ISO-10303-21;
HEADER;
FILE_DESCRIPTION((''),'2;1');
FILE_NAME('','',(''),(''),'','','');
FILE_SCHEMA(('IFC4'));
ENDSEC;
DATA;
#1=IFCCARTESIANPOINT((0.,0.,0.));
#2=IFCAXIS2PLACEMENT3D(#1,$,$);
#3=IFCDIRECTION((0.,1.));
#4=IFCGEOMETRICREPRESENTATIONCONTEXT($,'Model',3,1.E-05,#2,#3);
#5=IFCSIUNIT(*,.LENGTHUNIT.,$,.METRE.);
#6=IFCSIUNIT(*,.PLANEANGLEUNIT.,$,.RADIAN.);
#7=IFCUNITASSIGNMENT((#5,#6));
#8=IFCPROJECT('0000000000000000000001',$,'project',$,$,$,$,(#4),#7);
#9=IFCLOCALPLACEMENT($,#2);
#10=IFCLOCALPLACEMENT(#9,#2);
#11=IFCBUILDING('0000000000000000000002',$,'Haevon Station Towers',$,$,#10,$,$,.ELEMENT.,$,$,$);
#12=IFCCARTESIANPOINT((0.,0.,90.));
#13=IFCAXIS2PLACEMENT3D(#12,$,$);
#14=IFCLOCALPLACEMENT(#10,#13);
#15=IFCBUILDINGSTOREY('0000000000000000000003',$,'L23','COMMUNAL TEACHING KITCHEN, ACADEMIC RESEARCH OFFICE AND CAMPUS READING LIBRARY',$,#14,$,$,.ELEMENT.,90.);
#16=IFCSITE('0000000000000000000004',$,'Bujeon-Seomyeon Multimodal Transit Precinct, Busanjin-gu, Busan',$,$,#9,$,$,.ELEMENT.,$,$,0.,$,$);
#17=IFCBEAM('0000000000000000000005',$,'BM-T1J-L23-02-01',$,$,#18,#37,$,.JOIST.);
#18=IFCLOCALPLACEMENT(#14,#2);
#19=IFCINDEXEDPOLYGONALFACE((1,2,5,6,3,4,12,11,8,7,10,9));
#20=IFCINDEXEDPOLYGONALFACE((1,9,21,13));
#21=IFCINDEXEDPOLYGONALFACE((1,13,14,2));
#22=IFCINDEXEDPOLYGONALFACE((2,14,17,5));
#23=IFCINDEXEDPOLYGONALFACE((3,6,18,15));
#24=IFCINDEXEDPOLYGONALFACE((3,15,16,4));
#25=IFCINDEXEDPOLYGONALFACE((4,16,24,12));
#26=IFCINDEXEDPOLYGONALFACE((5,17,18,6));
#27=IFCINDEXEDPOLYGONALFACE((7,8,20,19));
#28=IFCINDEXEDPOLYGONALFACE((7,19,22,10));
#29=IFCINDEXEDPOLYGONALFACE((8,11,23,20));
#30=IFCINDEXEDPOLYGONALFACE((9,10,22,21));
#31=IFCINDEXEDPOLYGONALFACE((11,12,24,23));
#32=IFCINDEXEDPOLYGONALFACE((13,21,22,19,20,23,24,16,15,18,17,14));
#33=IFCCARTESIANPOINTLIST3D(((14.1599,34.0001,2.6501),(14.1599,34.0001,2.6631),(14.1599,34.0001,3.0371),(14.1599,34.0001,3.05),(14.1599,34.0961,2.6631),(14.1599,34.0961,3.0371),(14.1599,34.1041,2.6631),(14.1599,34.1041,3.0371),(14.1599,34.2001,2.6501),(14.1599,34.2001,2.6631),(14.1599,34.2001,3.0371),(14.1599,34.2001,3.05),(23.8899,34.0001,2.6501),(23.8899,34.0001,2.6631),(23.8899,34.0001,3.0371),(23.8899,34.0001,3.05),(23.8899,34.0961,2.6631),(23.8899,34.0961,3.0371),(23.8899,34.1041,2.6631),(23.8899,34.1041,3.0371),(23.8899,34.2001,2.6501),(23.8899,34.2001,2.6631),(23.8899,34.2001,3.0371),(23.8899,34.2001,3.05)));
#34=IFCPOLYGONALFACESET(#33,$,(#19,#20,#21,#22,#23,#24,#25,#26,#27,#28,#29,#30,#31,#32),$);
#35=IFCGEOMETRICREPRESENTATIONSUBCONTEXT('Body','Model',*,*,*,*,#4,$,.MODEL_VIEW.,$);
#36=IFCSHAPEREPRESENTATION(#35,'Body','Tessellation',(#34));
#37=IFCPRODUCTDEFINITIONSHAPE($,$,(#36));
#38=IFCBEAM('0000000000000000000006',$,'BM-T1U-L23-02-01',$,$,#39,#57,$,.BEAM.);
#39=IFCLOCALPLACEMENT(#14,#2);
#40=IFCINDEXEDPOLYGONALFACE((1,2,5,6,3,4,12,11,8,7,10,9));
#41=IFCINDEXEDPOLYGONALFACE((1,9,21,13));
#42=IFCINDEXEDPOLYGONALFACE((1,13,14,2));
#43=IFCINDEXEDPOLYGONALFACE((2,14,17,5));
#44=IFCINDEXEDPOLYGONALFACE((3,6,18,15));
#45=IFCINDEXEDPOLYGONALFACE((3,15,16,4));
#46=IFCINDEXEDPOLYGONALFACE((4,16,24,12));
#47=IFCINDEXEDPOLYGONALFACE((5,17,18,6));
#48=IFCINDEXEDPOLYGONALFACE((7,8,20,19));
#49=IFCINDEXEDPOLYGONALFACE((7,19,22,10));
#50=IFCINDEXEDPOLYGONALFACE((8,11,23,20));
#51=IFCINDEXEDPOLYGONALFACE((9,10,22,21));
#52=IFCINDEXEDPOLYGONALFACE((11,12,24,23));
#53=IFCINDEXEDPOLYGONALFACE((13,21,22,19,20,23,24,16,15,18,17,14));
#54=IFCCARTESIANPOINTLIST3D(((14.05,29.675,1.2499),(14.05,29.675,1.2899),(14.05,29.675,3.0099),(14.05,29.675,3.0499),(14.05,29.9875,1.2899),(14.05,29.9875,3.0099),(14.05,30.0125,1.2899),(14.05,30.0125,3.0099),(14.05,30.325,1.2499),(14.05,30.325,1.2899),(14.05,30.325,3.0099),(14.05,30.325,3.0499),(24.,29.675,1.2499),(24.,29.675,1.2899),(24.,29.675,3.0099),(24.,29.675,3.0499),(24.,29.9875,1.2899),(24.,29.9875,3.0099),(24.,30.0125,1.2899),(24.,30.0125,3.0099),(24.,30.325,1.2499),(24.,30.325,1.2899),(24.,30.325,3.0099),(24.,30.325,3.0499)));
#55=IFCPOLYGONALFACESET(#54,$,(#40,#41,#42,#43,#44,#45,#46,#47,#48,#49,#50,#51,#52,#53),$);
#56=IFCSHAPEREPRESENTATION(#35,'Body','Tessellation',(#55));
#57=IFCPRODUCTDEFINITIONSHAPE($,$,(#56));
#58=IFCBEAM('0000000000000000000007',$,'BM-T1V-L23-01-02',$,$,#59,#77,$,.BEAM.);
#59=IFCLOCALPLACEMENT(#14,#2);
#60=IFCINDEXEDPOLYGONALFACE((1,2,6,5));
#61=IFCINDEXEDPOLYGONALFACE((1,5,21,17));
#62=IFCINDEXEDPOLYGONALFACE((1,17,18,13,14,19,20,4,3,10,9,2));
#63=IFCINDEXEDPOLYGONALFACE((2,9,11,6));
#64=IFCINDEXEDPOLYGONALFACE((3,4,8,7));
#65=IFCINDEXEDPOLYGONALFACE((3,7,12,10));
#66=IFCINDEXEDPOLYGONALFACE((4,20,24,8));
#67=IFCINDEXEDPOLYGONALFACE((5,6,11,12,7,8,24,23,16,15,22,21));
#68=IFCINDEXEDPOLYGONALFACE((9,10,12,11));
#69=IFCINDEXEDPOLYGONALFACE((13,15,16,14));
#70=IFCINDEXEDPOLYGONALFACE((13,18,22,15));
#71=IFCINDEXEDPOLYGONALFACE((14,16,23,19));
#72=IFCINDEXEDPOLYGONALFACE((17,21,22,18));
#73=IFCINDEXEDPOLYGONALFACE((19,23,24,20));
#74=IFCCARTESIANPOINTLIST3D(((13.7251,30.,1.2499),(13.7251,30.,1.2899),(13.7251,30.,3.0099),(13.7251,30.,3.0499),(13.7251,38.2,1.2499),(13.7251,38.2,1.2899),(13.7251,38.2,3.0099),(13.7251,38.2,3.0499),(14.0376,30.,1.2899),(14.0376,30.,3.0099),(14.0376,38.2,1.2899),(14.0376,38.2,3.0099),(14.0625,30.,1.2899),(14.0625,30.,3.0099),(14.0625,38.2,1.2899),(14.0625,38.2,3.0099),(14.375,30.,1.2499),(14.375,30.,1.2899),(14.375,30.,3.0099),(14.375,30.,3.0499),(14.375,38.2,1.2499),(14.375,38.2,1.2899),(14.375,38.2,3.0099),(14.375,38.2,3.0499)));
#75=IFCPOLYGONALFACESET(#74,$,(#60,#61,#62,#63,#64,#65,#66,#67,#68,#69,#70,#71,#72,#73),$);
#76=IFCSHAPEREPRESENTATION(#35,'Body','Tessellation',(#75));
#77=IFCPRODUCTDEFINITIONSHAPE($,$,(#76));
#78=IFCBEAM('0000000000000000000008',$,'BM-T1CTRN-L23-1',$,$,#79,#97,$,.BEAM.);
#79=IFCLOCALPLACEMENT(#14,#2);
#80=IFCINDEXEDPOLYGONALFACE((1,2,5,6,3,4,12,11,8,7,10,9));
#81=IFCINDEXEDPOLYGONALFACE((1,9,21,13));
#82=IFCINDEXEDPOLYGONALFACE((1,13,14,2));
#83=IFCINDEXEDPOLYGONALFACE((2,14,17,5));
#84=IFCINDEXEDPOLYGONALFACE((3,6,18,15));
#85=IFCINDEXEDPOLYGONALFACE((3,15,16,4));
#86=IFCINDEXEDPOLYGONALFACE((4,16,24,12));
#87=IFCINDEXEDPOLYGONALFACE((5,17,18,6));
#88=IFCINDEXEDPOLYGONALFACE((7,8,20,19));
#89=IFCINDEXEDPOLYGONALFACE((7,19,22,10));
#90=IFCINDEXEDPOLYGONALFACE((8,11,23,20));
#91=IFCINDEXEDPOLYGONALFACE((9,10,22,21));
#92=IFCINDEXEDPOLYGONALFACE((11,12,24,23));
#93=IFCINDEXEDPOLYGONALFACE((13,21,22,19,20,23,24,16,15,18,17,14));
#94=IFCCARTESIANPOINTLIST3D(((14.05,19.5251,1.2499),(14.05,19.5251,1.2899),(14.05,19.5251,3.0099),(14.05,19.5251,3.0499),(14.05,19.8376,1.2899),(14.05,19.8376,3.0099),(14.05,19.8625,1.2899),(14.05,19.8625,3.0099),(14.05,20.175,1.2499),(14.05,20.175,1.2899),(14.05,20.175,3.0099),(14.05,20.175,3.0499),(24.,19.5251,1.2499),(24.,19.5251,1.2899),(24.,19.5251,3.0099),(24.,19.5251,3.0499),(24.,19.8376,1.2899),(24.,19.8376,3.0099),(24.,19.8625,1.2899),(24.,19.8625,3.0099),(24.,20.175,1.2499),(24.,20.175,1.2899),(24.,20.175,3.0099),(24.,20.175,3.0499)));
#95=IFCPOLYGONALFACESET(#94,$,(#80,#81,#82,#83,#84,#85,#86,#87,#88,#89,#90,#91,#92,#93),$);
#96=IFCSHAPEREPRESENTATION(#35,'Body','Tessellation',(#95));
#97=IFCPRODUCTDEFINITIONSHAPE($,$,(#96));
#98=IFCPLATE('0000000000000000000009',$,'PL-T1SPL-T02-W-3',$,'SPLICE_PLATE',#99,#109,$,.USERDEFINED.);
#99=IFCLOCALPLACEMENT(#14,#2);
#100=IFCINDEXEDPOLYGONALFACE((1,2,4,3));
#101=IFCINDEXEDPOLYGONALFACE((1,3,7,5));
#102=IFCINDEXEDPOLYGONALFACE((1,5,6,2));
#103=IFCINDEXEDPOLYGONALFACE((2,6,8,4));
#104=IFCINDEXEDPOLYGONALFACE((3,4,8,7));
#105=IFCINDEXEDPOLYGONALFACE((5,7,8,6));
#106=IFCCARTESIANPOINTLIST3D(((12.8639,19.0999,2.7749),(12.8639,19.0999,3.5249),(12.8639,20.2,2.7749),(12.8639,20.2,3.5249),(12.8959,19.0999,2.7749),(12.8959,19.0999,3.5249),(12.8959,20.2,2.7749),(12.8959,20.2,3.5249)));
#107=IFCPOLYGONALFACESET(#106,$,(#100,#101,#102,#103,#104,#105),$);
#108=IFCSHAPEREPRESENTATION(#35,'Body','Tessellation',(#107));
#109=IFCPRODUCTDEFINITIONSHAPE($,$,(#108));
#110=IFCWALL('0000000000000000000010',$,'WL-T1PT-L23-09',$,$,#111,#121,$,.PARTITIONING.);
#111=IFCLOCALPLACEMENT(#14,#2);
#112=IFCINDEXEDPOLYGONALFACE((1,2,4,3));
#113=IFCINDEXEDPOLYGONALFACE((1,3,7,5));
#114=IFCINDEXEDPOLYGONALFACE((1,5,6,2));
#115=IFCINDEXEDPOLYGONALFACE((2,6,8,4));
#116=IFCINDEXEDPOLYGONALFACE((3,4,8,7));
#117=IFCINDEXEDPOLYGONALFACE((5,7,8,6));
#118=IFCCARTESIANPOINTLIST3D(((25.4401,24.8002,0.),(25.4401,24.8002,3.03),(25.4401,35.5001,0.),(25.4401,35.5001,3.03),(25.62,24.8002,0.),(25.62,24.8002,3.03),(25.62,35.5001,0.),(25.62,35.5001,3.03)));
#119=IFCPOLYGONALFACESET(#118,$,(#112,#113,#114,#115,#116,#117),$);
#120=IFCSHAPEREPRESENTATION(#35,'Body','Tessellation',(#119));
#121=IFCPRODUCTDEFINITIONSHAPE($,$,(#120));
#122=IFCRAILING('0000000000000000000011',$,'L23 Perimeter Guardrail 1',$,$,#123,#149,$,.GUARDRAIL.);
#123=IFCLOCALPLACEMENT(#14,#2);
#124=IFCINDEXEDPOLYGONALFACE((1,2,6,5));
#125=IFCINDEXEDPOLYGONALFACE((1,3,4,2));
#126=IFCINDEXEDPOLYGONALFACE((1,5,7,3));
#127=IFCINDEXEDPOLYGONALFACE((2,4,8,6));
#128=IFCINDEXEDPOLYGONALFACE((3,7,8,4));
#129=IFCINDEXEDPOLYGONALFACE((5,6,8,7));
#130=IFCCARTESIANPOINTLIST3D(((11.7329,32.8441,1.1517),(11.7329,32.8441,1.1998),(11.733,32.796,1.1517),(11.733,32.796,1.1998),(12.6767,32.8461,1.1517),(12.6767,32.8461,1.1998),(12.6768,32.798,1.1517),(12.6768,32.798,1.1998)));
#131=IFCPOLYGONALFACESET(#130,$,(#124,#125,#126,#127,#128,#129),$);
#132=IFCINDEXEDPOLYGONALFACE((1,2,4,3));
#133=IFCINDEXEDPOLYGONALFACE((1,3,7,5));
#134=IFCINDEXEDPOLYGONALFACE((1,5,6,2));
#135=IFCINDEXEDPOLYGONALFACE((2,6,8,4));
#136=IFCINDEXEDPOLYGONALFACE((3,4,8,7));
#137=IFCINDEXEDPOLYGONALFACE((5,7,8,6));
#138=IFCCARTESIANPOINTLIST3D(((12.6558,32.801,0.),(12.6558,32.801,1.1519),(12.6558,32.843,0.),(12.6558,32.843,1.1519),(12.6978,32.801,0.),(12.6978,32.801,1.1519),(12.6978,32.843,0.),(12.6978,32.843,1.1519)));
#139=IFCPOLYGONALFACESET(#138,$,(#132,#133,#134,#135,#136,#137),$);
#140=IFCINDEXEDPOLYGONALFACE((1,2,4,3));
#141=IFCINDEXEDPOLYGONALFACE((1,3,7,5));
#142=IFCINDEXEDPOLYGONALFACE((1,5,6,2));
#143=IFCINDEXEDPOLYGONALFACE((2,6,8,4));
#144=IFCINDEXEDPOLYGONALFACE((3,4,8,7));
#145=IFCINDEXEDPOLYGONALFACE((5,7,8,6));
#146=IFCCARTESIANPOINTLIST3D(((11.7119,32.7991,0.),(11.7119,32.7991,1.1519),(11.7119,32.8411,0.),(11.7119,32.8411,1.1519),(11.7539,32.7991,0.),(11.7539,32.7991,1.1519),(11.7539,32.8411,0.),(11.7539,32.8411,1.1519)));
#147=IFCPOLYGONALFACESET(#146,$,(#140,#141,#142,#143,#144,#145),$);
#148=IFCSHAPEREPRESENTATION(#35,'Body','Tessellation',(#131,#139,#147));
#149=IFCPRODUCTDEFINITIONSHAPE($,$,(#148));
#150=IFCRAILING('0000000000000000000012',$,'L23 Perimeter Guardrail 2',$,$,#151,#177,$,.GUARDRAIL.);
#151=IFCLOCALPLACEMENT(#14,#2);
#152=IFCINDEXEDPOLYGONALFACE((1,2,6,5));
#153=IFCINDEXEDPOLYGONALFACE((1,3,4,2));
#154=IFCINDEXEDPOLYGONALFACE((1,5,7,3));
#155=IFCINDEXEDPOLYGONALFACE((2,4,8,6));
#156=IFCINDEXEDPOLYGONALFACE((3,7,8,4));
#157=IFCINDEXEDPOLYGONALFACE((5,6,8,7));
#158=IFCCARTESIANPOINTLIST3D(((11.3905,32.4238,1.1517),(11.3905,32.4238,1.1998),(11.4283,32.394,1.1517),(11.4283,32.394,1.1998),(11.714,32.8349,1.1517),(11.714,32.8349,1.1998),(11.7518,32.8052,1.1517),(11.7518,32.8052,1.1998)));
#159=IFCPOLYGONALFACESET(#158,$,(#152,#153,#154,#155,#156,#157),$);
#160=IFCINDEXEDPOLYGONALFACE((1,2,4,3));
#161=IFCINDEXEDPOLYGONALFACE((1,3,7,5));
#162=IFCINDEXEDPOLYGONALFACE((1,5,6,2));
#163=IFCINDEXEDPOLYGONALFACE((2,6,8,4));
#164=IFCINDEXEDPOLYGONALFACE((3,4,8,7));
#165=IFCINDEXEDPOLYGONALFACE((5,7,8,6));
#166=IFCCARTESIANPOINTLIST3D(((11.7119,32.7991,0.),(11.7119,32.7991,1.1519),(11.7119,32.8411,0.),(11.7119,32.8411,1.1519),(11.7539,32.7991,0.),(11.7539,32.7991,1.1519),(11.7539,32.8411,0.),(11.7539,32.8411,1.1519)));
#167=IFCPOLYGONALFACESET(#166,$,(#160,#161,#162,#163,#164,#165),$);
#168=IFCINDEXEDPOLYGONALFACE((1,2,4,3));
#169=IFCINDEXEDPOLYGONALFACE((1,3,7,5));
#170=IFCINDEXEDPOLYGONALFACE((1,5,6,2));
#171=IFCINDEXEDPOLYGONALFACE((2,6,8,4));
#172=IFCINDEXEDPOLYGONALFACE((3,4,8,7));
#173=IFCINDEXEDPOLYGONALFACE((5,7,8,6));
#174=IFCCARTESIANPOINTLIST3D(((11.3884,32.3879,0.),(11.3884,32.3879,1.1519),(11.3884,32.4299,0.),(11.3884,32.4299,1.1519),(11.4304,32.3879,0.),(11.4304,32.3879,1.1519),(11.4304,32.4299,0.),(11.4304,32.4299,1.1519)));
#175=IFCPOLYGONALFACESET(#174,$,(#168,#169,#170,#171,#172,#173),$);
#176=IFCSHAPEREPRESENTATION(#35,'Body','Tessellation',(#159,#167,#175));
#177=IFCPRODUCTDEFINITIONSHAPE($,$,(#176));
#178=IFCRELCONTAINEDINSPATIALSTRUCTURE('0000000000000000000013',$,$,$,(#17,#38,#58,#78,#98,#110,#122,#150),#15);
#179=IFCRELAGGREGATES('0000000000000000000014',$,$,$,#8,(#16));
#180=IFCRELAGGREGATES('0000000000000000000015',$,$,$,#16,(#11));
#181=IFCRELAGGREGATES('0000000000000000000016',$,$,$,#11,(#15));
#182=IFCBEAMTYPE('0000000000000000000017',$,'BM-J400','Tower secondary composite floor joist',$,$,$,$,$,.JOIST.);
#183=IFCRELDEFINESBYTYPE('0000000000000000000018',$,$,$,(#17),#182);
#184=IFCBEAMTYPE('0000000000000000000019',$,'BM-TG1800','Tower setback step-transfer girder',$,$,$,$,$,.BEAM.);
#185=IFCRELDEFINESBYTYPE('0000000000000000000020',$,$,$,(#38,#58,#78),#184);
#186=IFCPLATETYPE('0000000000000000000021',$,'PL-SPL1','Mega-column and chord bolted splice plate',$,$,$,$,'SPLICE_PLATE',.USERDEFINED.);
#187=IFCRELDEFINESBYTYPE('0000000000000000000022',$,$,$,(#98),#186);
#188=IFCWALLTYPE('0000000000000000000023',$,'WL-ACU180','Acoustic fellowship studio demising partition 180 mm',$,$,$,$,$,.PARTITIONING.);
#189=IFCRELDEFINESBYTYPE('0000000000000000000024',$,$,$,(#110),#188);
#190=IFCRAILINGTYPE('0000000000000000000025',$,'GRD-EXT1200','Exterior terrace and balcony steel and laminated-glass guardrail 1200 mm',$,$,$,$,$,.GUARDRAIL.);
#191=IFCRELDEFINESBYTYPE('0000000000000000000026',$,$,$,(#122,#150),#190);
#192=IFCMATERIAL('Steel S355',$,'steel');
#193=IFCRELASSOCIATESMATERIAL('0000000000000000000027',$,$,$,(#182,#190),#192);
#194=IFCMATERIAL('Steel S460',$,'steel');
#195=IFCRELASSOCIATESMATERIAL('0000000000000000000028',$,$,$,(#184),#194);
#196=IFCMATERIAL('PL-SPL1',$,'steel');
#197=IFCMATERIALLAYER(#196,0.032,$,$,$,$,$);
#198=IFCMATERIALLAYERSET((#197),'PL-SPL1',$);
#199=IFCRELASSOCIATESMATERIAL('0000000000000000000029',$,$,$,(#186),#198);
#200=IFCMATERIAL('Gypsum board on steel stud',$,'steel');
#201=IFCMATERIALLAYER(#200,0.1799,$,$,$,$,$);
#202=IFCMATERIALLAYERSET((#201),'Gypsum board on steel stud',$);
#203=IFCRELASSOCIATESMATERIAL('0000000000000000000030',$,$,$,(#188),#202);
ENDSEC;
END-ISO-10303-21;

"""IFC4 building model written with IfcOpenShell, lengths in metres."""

from ifc_helpers import new_model, si_unit, direction, frame, frame_2d, origin, origin_2d, place, context, subcontext, project, spatial, rectangle, i_section, extrude, material, layer, layer_set, material_profile, profile_set, type_object, element, save


model = new_model("IFC4")

# Units and contexts
model_context = context("Model", 3, precision=1e-05, world=origin(), true_north=direction((0.0, 1.0)))
body_context = subcontext(model_context, "Body", "Model", "MODEL_VIEW")
ifc_project = project(units=[si_unit("LENGTHUNIT", "METRE"), si_unit("PLANEANGLEUNIT", "RADIAN")], contexts=[model_context])

# Site, building, storey
site_placement = place(None, origin())
site = spatial("IfcSite", under=ifc_project, at=site_placement, Name="Bujeon-Seomyeon Multimodal Transit Precinct, Busanjin-gu, Busan", CompositionType="ELEMENT", RefElevation=0.0)
building_placement = place(site_placement, origin())
building = spatial("IfcBuilding", under=site, at=building_placement, Name="Haevon Station Towers", CompositionType="ELEMENT")
storey_placement = place(building_placement, frame((0.0, 0.0, 90.0)))
storey = spatial("IfcBuildingStorey", under=building, at=storey_placement, Name="L23", Description="COMMUNAL TEACHING KITCHEN, ACADEMIC RESEARCH OFFICE AND CAMPUS READING LIBRARY", CompositionType="ELEMENT", Elevation=90.0)

# Shared definitions
ifc_material_1 = material(Name="Steel S460", Category="steel")

# Beams
ifc_material_2 = material(Name="Steel S355", Category="steel")
ifc_material_profile_1 = material_profile(ifc_material_2, i_section(OverallWidth=0.2, OverallDepth=0.3999, WebThickness=0.0081, FlangeThickness=0.0129, at=origin_2d()), Name="H-400x200x8x13")
ifc_profile_set_1 = profile_set([ifc_material_profile_1], Name="Steel S355")
beam_type_1 = type_object("IfcBeamType", Name="BM-J400", Description="Tower secondary composite floor joist", PredefinedType="JOIST", material=ifc_profile_set_1)
beam_1_placement = place(storey_placement, frame((14.1599, 34.1001, 2.8501), z_axis=(1.0, 0.0, 0.0), x_axis=(0.0, 1.0, 0.0)))
element("IfcBeam", 1, at=beam_1_placement, inside=storey, type_object=beam_type_1, Name="BM-T1J-L23-02-01", PredefinedType="JOIST", context=body_context, shape_type="SweptSolid", body=[
    extrude(i_section(OverallWidth=0.2, OverallDepth=0.3999, WebThickness=0.0081, FlangeThickness=0.0129, at=origin_2d()), origin(), (0.0, 0.0, 1.0), 9.73),
])
ifc_material_profile_2 = material_profile(ifc_material_1, i_section(OverallWidth=0.6499, OverallDepth=1.8, WebThickness=0.0249, FlangeThickness=0.04, at=origin_2d()), Name="H-1800x650x25x40")
ifc_profile_set_2 = profile_set([ifc_material_profile_2], Name="Steel S460")
beam_type_2 = type_object("IfcBeamType", Name="BM-TG1800", Description="Tower setback step-transfer girder", PredefinedType="BEAM", material=ifc_profile_set_2)
beam_2_placement = place(storey_placement, frame((14.05, 30.0, 2.1499), z_axis=(1.0, 0.0, 0.0), x_axis=(0.0, 1.0, 0.0)))
element("IfcBeam", 2, at=beam_2_placement, inside=storey, type_object=beam_type_2, Name="BM-T1U-L23-02-01", PredefinedType="BEAM", context=body_context, shape_type="SweptSolid", body=[
    extrude(i_section(OverallWidth=0.6499, OverallDepth=1.8, WebThickness=0.0249, FlangeThickness=0.04, at=origin_2d()), origin(), (0.0, 0.0, 1.0), 9.95),
])
beam_3_placement = place(storey_placement, frame((14.05, 30.0, 2.1499), z_axis=(0.0, 1.0, 0.0), x_axis=(-1.0, 0.0, 0.0)))
element("IfcBeam", 3, at=beam_3_placement, inside=storey, type_object=beam_type_2, Name="BM-T1V-L23-01-02", PredefinedType="BEAM", context=body_context, shape_type="SweptSolid", body=[
    extrude(i_section(OverallWidth=0.6499, OverallDepth=1.8, WebThickness=0.0249, FlangeThickness=0.04, at=origin_2d()), origin(), (0.0, 0.0, 1.0), 8.2),
])
beam_4_placement = place(storey_placement, frame((14.05, 19.8501, 2.1499), z_axis=(1.0, 0.0, 0.0), x_axis=(0.0, 1.0, 0.0)))
element("IfcBeam", 4, at=beam_4_placement, inside=storey, type_object=beam_type_2, Name="BM-T1CTRN-L23-1", PredefinedType="BEAM", context=body_context, shape_type="SweptSolid", body=[
    extrude(i_section(OverallWidth=0.6499, OverallDepth=1.8, WebThickness=0.0249, FlangeThickness=0.04, at=origin_2d()), origin(), (0.0, 0.0, 1.0), 9.95),
])

# Plate
ifc_material_3 = material(Name="PL-SPL1", Category="steel")
ifc_layer_1 = layer(ifc_material_3, 0.032)
ifc_layer_set_1 = layer_set([ifc_layer_1], Name="PL-SPL1")
plate_type = type_object("IfcPlateType", Name="PL-SPL1", Description="Mega-column and chord bolted splice plate", ElementType="SPLICE_PLATE", PredefinedType="USERDEFINED", material=ifc_layer_set_1)
plate_placement = place(storey_placement, frame((12.8799, 19.6499, 2.7749), z_axis=(0.0, 0.0, 1.0), x_axis=(0.0, 1.0, 0.0)))
element("IfcPlate", 5, at=plate_placement, inside=storey, type_object=plate_type, Name="PL-T1SPL-T02-W-3", ObjectType="SPLICE_PLATE", PredefinedType="USERDEFINED", context=body_context, shape_type="SweptSolid", body=[
    extrude(rectangle(XDim=1.1001, YDim=0.032, at=origin_2d()), origin(), (0.0, 0.0, 1.0), 0.75),
])

# Wall
ifc_material_4 = material(Name="Gypsum board on steel stud", Category="steel")
ifc_layer_2 = layer(ifc_material_4, 0.1799)
ifc_layer_set_2 = layer_set([ifc_layer_2], Name="Gypsum board on steel stud")
wall_type = type_object("IfcWallType", Name="WL-ACU180", Description="Acoustic fellowship studio demising partition 180 mm", PredefinedType="PARTITIONING", material=ifc_layer_set_2)
wall_placement = place(storey_placement, frame((25.53, 24.8, 0.0), z_axis=(0.0, 0.0, 1.0), x_axis=(0.0, 1.0, 0.0)))
element("IfcWall", 6, at=wall_placement, inside=storey, type_object=wall_type, Name="WL-T1PT-L23-09", PredefinedType="PARTITIONING", context=body_context, shape_type="SweptSolid", body=[
    extrude(rectangle(XDim=10.7, YDim=0.1799, at=frame_2d((5.3501, 0.0))), origin(), (0.0, 0.0, 1.0), 3.03),
])

# Railings
railing_type = type_object("IfcRailingType", Name="GRD-EXT1200", Description="Exterior terrace and balcony steel and laminated-glass guardrail 1200 mm", PredefinedType="GUARDRAIL", material=ifc_material_2)
railing_1_placement = place(storey_placement, frame((12.6768, 32.822, 0.0)))
element("IfcRailing", 7, at=railing_1_placement, inside=storey, type_object=railing_type, Name="L23 Perimeter Guardrail 1", PredefinedType="GUARDRAIL", context=body_context, shape_type="SweptSolid", body=[
    extrude(rectangle(XDim=0.0481, YDim=0.0481, at=origin_2d()), frame((0.0, 0.0, 1.1758), z_axis=(-0.999998, -0.002069, 0.0), x_axis=(0.002069, -0.999998, 0.0)), (0.0, 0.0, 1.0), 0.9438),
    extrude(rectangle(XDim=0.042, YDim=0.042, at=origin_2d()), origin(), (0.0, 0.0, 1.0), 1.1519),
    extrude(rectangle(XDim=0.042, YDim=0.042, at=origin_2d()), frame((-0.9438, -0.002, 0.0)), (0.0, 0.0, 1.0), 1.1519),
])
railing_2_placement = place(storey_placement, frame((11.7329, 32.8201, 0.0)))
element("IfcRailing", 8, at=railing_2_placement, inside=storey, type_object=railing_type, Name="L23 Perimeter Guardrail 2", PredefinedType="GUARDRAIL", context=body_context, shape_type="SweptSolid", body=[
    extrude(rectangle(XDim=0.0481, YDim=0.0481, at=origin_2d()), frame((0.0, 0.0, 1.1758), z_axis=(-0.618357, -0.785897, 0.0), x_axis=(0.785897, -0.618357, 0.0)), (0.0, 0.0, 1.0), 0.5232),
    extrude(rectangle(XDim=0.042, YDim=0.042, at=origin_2d()), origin(), (0.0, 0.0, 1.0), 1.1519),
    extrude(rectangle(XDim=0.042, YDim=0.042, at=origin_2d()), frame((-0.3235, -0.4111, 0.0)), (0.0, 0.0, 1.0), 1.1519),
])

save(model, "model.ifc")
